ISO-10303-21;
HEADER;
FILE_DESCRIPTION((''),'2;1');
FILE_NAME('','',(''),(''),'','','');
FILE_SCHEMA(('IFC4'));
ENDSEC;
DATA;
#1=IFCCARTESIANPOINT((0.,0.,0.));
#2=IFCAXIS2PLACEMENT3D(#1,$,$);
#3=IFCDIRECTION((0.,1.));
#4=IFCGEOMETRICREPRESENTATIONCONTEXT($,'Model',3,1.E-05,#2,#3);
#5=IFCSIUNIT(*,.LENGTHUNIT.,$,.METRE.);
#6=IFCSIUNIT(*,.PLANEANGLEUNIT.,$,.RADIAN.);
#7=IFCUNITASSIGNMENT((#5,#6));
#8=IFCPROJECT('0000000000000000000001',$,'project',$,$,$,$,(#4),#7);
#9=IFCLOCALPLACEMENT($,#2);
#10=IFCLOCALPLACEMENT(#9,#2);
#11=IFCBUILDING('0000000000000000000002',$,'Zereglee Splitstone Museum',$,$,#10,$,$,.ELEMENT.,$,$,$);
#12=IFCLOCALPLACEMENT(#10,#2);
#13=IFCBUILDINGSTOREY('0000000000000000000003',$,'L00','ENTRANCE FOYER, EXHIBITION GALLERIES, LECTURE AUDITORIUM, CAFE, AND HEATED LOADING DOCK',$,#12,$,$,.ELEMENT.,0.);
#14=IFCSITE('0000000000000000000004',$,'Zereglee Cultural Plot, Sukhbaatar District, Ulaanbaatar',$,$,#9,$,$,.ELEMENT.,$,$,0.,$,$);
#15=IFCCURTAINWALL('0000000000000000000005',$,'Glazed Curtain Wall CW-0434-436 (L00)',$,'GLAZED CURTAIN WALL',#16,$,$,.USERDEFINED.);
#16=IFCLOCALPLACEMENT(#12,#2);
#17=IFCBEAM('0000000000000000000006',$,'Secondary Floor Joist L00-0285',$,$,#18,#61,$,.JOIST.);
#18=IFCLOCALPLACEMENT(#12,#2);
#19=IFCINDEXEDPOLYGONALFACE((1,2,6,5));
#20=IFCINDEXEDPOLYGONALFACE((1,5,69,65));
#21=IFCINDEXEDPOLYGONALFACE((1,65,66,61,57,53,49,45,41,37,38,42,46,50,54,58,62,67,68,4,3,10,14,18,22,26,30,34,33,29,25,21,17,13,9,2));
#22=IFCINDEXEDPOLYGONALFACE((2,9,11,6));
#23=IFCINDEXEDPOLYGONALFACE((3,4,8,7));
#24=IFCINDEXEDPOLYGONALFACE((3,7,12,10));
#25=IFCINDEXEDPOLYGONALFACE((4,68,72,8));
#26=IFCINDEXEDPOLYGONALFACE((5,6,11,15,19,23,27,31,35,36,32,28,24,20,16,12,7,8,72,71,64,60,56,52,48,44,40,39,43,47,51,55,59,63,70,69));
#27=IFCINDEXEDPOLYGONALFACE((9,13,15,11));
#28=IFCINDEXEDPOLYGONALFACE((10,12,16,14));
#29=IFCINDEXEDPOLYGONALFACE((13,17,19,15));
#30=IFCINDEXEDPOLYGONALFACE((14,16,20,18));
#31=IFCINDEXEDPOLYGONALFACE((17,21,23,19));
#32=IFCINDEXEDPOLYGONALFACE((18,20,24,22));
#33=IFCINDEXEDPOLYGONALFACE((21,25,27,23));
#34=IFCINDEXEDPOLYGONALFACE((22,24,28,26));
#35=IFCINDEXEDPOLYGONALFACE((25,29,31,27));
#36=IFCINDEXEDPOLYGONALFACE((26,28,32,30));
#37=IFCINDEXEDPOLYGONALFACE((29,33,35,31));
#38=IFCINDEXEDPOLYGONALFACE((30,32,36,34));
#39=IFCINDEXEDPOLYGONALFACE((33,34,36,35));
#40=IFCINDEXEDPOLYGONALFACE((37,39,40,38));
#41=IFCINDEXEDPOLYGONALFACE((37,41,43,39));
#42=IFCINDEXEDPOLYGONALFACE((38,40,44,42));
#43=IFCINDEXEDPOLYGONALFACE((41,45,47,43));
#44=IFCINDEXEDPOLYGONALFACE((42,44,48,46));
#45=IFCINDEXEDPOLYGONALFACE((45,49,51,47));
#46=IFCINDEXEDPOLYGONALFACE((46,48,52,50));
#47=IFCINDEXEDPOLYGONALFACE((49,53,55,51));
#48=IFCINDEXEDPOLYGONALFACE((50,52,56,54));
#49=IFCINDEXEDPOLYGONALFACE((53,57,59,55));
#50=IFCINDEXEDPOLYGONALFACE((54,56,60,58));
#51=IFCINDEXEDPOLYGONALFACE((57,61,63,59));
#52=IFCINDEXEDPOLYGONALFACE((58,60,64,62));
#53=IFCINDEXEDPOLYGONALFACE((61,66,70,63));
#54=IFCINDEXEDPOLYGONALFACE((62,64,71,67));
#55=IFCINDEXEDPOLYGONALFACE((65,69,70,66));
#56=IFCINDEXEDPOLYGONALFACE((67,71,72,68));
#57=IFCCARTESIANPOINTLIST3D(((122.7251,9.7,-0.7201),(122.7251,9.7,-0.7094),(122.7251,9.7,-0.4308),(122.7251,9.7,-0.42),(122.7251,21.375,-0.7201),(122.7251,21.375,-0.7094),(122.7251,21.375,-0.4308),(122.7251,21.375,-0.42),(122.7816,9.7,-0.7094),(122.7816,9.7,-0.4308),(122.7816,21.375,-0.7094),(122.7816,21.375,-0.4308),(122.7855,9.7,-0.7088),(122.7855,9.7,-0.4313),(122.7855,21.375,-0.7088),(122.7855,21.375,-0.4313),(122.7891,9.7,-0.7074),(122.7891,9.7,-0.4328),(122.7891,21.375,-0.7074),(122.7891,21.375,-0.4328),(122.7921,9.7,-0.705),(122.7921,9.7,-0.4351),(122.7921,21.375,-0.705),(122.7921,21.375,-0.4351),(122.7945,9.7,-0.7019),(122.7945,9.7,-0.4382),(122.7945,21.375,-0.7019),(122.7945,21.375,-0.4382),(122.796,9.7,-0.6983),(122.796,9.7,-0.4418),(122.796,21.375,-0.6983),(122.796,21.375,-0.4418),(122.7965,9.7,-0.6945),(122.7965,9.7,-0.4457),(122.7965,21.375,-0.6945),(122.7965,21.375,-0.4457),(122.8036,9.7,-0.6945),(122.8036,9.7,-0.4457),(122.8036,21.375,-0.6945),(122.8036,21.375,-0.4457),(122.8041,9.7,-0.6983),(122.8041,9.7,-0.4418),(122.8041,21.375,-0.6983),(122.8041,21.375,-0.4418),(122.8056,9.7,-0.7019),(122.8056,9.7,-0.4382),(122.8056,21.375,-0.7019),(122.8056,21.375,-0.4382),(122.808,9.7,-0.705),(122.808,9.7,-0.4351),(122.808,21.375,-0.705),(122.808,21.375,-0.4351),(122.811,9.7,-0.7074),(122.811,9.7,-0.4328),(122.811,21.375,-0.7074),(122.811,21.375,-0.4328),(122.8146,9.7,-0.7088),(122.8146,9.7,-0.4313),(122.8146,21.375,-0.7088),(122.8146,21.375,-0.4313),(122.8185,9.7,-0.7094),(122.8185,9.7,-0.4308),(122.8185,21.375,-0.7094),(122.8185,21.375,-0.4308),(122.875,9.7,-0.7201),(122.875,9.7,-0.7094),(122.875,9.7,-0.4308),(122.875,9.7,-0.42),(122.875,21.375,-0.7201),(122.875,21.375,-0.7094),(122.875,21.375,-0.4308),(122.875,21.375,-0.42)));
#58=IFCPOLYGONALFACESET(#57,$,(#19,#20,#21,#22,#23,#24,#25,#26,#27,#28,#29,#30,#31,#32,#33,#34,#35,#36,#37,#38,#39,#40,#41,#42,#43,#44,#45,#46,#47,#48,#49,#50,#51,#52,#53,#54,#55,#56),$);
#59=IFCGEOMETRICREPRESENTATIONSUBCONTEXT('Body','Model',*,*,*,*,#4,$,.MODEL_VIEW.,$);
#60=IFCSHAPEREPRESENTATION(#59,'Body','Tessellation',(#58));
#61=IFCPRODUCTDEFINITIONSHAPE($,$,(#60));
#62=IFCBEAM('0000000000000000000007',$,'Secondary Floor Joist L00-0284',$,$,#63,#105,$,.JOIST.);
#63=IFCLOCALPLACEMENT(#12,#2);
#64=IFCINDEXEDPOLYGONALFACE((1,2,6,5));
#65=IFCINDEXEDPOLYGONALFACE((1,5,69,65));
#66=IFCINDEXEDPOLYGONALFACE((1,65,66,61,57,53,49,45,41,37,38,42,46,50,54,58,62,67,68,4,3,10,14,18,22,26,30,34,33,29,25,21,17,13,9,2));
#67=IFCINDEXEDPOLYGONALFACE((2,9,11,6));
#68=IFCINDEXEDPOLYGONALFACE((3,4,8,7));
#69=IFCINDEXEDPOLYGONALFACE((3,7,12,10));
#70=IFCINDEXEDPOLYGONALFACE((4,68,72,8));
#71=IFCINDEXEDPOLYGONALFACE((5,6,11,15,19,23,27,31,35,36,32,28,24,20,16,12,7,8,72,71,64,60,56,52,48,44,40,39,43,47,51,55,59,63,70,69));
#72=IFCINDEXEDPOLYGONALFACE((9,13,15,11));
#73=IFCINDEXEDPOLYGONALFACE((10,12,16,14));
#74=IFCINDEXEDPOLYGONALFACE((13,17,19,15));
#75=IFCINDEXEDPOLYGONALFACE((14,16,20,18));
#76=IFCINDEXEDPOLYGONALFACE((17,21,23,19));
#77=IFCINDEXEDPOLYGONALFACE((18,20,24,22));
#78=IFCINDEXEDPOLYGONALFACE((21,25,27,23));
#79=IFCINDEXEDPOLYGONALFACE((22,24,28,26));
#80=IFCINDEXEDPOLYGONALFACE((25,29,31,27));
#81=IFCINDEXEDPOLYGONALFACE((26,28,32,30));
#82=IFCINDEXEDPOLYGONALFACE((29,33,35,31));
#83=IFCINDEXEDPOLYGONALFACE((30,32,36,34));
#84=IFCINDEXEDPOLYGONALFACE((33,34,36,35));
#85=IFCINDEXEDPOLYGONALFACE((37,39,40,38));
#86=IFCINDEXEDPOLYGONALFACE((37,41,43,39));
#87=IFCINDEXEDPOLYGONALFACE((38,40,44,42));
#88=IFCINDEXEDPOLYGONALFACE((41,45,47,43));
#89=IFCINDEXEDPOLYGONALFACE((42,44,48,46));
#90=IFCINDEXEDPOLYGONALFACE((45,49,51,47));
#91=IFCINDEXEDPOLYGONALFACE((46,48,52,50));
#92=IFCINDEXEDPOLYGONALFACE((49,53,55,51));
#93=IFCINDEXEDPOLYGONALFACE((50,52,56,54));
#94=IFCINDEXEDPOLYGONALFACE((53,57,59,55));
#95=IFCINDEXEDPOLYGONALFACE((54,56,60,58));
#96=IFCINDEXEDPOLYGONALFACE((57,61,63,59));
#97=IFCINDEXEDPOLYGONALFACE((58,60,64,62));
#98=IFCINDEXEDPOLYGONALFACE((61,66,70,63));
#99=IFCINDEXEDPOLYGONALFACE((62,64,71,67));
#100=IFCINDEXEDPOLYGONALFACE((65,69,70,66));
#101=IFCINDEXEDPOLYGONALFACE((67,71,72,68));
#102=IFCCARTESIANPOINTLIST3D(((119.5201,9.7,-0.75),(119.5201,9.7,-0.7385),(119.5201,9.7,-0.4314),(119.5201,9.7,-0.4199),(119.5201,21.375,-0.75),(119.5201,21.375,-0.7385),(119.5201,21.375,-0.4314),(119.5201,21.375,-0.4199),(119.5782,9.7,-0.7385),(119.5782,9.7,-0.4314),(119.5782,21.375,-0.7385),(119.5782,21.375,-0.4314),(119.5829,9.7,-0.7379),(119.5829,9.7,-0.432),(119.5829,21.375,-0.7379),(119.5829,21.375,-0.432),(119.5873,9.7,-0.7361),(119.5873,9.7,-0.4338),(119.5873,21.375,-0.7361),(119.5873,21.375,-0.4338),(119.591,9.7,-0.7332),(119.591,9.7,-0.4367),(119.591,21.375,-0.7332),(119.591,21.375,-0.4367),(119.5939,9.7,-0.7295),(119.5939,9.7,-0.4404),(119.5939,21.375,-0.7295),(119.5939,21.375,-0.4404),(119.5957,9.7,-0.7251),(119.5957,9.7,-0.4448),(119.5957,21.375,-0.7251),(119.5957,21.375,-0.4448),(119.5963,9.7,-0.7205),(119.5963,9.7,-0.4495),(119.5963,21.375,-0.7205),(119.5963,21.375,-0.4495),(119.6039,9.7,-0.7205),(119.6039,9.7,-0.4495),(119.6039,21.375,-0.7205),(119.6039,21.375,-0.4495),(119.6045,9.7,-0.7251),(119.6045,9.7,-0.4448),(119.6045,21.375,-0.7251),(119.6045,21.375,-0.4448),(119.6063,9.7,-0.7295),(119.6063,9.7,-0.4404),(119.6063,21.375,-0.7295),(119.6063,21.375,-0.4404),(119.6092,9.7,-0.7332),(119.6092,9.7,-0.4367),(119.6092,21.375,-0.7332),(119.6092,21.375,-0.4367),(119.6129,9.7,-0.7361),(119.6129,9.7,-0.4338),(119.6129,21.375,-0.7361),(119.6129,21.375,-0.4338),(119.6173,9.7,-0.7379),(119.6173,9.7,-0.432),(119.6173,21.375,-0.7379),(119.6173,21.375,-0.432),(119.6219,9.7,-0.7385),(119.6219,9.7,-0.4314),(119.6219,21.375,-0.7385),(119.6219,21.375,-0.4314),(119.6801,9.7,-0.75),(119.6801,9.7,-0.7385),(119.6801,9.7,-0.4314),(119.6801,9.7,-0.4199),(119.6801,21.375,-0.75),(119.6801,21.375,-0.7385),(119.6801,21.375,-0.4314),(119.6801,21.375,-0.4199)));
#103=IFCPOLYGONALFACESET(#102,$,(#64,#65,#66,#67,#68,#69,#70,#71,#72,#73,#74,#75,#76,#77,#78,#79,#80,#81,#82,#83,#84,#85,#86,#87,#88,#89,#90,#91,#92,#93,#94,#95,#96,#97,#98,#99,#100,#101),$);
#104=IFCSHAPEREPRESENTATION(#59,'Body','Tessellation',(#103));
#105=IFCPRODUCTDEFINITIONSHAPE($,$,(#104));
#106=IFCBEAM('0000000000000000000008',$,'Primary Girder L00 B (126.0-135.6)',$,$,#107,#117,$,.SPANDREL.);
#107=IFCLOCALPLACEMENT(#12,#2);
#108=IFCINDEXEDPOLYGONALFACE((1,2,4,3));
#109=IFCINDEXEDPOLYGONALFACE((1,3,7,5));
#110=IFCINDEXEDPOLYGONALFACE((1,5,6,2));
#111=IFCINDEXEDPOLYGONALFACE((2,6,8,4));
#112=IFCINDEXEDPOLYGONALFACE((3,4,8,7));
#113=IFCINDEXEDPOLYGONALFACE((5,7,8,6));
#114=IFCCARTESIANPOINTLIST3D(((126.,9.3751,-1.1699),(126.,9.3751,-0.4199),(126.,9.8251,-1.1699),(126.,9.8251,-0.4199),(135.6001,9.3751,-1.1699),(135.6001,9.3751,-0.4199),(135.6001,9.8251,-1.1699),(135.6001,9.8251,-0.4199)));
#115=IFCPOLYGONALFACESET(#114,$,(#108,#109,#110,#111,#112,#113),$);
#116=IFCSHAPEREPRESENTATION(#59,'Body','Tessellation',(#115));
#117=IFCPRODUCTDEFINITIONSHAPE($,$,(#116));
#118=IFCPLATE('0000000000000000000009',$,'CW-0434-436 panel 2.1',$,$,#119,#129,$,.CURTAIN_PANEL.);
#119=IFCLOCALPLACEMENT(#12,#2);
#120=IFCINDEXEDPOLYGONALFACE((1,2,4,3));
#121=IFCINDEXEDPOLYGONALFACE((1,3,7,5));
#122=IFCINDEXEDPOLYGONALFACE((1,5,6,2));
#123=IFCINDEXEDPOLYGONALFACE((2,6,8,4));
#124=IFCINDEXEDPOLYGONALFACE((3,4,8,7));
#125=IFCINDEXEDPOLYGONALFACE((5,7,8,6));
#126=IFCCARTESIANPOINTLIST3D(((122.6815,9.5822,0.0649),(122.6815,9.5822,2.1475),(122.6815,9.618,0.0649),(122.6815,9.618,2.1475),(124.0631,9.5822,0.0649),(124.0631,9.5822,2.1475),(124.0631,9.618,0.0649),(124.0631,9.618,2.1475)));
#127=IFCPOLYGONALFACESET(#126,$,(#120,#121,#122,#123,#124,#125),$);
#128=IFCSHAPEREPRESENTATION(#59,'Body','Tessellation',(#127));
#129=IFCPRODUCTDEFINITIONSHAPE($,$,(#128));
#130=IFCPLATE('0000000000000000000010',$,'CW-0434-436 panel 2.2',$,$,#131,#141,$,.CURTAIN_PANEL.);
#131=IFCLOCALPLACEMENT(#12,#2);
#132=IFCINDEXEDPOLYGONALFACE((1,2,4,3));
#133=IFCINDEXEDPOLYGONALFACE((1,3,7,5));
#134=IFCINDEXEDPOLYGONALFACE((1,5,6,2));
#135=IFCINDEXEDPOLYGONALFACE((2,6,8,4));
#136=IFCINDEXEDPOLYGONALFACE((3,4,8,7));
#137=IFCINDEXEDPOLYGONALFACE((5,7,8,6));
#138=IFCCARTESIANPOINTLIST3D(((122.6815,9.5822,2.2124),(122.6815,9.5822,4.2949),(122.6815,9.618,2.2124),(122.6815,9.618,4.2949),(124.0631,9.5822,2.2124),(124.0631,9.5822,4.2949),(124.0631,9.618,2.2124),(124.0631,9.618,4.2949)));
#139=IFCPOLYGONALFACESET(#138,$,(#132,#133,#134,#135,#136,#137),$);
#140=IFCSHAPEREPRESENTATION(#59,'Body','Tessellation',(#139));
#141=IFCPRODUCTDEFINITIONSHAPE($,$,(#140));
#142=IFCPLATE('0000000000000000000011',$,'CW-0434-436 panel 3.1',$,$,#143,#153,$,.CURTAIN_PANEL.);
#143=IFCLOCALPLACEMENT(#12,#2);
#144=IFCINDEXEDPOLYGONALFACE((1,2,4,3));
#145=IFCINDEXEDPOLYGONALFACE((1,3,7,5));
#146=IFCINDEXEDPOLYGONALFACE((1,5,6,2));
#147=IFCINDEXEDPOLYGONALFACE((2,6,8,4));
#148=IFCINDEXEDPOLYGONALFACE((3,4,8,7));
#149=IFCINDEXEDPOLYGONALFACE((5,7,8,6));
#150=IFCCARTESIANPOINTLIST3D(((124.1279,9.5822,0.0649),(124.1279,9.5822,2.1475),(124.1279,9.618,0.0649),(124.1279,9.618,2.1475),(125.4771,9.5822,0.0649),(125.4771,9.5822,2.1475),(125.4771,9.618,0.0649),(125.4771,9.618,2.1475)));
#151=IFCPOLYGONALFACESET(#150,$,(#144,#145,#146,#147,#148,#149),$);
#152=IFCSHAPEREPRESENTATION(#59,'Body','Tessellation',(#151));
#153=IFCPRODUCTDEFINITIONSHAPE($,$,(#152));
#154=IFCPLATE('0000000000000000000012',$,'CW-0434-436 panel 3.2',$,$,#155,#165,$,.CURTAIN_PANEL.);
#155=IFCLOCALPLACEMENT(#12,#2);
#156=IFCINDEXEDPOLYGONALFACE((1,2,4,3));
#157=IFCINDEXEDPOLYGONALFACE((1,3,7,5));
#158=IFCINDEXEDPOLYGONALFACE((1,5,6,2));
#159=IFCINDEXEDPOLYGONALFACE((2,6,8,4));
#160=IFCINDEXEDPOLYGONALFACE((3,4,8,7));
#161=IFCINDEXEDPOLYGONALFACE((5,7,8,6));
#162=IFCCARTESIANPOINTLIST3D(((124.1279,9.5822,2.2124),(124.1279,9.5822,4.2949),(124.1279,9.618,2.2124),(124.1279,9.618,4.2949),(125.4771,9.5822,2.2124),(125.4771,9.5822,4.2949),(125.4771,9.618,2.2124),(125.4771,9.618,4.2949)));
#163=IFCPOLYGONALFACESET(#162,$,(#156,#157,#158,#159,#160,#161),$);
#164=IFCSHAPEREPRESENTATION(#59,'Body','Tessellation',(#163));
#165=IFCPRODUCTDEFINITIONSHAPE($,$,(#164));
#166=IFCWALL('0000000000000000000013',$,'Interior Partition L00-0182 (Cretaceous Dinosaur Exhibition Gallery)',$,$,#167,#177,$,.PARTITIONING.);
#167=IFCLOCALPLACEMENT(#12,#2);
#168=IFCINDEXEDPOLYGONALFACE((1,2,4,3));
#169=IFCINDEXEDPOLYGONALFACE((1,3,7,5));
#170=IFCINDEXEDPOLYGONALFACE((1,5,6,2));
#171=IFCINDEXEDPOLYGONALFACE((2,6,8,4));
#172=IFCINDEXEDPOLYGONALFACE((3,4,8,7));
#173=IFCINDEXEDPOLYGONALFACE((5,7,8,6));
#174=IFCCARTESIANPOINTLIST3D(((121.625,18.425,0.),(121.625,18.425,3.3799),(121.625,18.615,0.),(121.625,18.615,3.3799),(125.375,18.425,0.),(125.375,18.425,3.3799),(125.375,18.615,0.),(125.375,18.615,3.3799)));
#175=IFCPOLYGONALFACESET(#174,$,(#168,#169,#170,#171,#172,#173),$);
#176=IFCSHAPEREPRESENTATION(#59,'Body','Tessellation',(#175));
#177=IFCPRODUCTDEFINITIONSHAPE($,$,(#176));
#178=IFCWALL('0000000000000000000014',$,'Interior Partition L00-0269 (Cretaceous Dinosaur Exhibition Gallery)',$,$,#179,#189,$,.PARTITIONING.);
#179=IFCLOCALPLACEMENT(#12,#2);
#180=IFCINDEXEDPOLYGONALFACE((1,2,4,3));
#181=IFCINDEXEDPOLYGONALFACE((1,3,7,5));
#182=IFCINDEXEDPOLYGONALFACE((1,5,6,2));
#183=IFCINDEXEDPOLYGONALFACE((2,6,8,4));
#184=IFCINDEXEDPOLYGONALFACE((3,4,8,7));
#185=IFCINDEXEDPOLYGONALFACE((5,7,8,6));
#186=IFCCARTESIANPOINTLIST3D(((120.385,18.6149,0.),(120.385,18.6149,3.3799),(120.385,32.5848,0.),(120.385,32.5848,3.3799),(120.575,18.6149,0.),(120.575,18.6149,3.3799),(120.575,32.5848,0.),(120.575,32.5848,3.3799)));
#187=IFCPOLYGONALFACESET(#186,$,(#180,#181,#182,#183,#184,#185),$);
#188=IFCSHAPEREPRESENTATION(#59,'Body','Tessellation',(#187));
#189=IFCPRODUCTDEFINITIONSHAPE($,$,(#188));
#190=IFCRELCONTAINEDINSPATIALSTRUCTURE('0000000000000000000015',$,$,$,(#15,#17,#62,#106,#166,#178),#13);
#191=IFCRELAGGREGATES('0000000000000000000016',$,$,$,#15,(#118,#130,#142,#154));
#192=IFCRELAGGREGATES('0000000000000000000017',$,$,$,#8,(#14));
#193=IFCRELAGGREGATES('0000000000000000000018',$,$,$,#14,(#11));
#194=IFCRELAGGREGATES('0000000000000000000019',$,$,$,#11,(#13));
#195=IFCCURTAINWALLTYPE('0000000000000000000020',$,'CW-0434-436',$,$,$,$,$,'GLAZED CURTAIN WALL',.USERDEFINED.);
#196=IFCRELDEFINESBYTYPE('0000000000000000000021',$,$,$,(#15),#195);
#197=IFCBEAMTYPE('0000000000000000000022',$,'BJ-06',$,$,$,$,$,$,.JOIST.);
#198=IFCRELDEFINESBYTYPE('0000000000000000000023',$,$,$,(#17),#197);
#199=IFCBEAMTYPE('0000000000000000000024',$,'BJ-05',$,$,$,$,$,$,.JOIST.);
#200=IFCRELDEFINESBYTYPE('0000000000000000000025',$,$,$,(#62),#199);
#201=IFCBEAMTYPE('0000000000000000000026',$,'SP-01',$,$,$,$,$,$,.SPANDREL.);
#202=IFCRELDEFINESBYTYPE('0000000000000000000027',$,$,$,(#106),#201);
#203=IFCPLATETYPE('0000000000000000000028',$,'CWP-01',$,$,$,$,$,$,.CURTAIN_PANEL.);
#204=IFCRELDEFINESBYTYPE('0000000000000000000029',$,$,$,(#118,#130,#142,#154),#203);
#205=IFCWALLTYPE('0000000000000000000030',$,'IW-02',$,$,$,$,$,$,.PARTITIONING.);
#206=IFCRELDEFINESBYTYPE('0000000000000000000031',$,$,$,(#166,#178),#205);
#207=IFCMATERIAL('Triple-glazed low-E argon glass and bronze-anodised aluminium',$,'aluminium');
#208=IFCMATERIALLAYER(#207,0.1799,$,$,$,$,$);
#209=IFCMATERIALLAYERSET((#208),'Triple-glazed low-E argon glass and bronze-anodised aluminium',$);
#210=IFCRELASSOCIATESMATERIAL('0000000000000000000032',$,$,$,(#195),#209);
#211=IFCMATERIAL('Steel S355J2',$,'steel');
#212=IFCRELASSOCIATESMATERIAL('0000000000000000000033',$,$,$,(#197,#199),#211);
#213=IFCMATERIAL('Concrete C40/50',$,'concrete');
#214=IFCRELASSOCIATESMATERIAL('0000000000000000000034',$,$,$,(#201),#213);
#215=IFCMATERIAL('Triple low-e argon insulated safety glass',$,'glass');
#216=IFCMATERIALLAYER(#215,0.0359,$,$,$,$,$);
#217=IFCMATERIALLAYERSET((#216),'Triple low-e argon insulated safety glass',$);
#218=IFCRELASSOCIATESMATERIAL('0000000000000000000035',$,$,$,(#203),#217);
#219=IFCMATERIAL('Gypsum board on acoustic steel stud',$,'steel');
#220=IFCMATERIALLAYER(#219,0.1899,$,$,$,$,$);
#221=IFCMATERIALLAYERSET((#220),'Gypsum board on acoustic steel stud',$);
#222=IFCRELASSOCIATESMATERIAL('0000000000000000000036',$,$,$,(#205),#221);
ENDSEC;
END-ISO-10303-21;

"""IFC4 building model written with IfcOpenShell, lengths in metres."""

from ifc_helpers import new_model, si_unit, direction, frame, frame_2d, origin, origin_2d, place, context, subcontext, project, spatial, rectangle, i_section, extrude, material, layer, layer_set, material_profile, profile_set, type_object, element, aggregate, save


model = new_model("IFC4")

# Units and contexts
model_context = context("Model", 3, precision=1e-05, world=origin(), true_north=direction((0.0, 1.0)))
body_context = subcontext(model_context, "Body", "Model", "MODEL_VIEW")
ifc_project = project(units=[si_unit("LENGTHUNIT", "METRE"), si_unit("PLANEANGLEUNIT", "RADIAN")], contexts=[model_context])

# Site, building, storey
site_placement = place(None, origin())
site = spatial("IfcSite", under=ifc_project, at=site_placement, Name="Zereglee Cultural Plot, Sukhbaatar District, Ulaanbaatar", CompositionType="ELEMENT", RefElevation=0.0)
building_placement = place(site_placement, origin())
building = spatial("IfcBuilding", under=site, at=building_placement, Name="Zereglee Splitstone Museum", CompositionType="ELEMENT")
storey_placement = place(building_placement, origin())
storey = spatial("IfcBuildingStorey", under=building, at=storey_placement, Name="L00", Description="ENTRANCE FOYER, EXHIBITION GALLERIES, LECTURE AUDITORIUM, CAFE, AND HEATED LOADING DOCK", CompositionType="ELEMENT", Elevation=0.0)

# Curtain wall
ifc_material_1 = material(Name="Triple-glazed low-E argon glass and bronze-anodised aluminium", Category="aluminium")
ifc_layer_1 = layer(ifc_material_1, 0.1799)
ifc_layer_set_1 = layer_set([ifc_layer_1], Name="Triple-glazed low-E argon glass and bronze-anodised aluminium")
curtain_wall_type = type_object("IfcCurtainWallType", Name="CW-0434-436", ElementType="GLAZED CURTAIN WALL", PredefinedType="USERDEFINED", material=ifc_layer_set_1)
curtain_wall_placement = place(storey_placement, origin())
curtain_wall = element("IfcCurtainWall", 1, at=curtain_wall_placement, inside=storey, type_object=curtain_wall_type, Name="Glazed Curtain Wall CW-0434-436 (L00)", ObjectType="GLAZED CURTAIN WALL", PredefinedType="USERDEFINED")

# Beams
ifc_material_2 = material(Name="Steel S355J2", Category="steel")
ifc_material_profile_1 = material_profile(ifc_material_2, i_section(OverallWidth=0.1499, OverallDepth=0.3, WebThickness=0.0071, FlangeThickness=0.0107, FilletRadius=0.0149, at=origin_2d()), Name="IPE 300")
ifc_profile_set_1 = profile_set([ifc_material_profile_1], Name="Steel S355J2")
beam_type_1 = type_object("IfcBeamType", Name="BJ-06", PredefinedType="JOIST", material=ifc_profile_set_1)
beam_1_placement = place(storey_placement, frame((122.8, 9.7, -0.5701), z_axis=(0.0, 1.0, 0.0), x_axis=(-1.0, 0.0, 0.0)))
element("IfcBeam", 2, at=beam_1_placement, inside=storey, type_object=beam_type_1, Name="Secondary Floor Joist L00-0285", PredefinedType="JOIST", context=body_context, shape_type="SweptSolid", body=[
    extrude(i_section(OverallWidth=0.1499, OverallDepth=0.3, WebThickness=0.0071, FlangeThickness=0.0107, FilletRadius=0.0149, at=origin_2d()), origin(), (0.0, 0.0, 1.0), 11.675),
])
ifc_material_profile_2 = material_profile(ifc_material_2, i_section(OverallWidth=0.1599, OverallDepth=0.3301, WebThickness=0.0076, FlangeThickness=0.0115, FilletRadius=0.0181, at=origin_2d()), Name="IPE 330")
ifc_profile_set_2 = profile_set([ifc_material_profile_2], Name="Steel S355J2")
beam_type_2 = type_object("IfcBeamType", Name="BJ-05", PredefinedType="JOIST", material=ifc_profile_set_2)
beam_2_placement = place(storey_placement, frame((119.6001, 9.7, -0.585), z_axis=(0.0, 1.0, 0.0), x_axis=(-1.0, 0.0, 0.0)))
element("IfcBeam", 3, at=beam_2_placement, inside=storey, type_object=beam_type_2, Name="Secondary Floor Joist L00-0284", PredefinedType="JOIST", context=body_context, shape_type="SweptSolid", body=[
    extrude(i_section(OverallWidth=0.1599, OverallDepth=0.3301, WebThickness=0.0076, FlangeThickness=0.0115, FilletRadius=0.0181, at=origin_2d()), origin(), (0.0, 0.0, 1.0), 11.675),
])
ifc_material_3 = material(Name="Concrete C40/50", Category="concrete")
ifc_material_profile_3 = material_profile(ifc_material_3, rectangle(XDim=0.45, YDim=0.75, at=origin_2d()), Name="RC 450x750")
ifc_profile_set_3 = profile_set([ifc_material_profile_3], Name="Concrete C40/50")
beam_type_3 = type_object("IfcBeamType", Name="SP-01", PredefinedType="SPANDREL", material=ifc_profile_set_3)
beam_3_placement = place(storey_placement, frame((126.0, 9.6001, -0.7949), z_axis=(1.0, 0.0, 0.0), x_axis=(0.0, 1.0, 0.0)))
element("IfcBeam", 4, at=beam_3_placement, inside=storey, type_object=beam_type_3, Name="Primary Girder L00 B (126.0-135.6)", PredefinedType="SPANDREL", context=body_context, shape_type="SweptSolid", body=[
    extrude(rectangle(XDim=0.45, YDim=0.75, at=origin_2d()), origin(), (0.0, 0.0, 1.0), 9.6001),
])

# Plates
ifc_material_4 = material(Name="Triple low-e argon insulated safety glass", Category="glass")
ifc_layer_2 = layer(ifc_material_4, 0.0359)
ifc_layer_set_2 = layer_set([ifc_layer_2], Name="Triple low-e argon insulated safety glass")
plate_type = type_object("IfcPlateType", Name="CWP-01", PredefinedType="CURTAIN_PANEL", material=ifc_layer_set_2)
plate_1_placement = place(storey_placement, frame((123.3723, 9.6001, 0.0649), z_axis=(0.0, 0.0, 1.0), x_axis=(1.0, 0.0, 0.0)))
plate_1 = element("IfcPlate", 5, at=plate_1_placement, type_object=plate_type, Name="CW-0434-436 panel 2.1", PredefinedType="CURTAIN_PANEL", context=body_context, shape_type="SweptSolid", body=[
    extrude(rectangle(XDim=1.3816, YDim=0.0359, at=origin_2d()), origin(), (0.0, 0.0, 1.0), 2.0825),
])
plate_2_placement = place(storey_placement, frame((123.3723, 9.6001, 2.2124), z_axis=(0.0, 0.0, 1.0), x_axis=(1.0, 0.0, 0.0)))
plate_2 = element("IfcPlate", 6, at=plate_2_placement, type_object=plate_type, Name="CW-0434-436 panel 2.2", PredefinedType="CURTAIN_PANEL", context=body_context, shape_type="SweptSolid", body=[
    extrude(rectangle(XDim=1.3816, YDim=0.0359, at=origin_2d()), origin(), (0.0, 0.0, 1.0), 2.0825),
])
plate_3_placement = place(storey_placement, frame((124.8025, 9.6001, 0.0649), z_axis=(0.0, 0.0, 1.0), x_axis=(1.0, 0.0, 0.0)))
plate_3 = element("IfcPlate", 7, at=plate_3_placement, type_object=plate_type, Name="CW-0434-436 panel 3.1", PredefinedType="CURTAIN_PANEL", context=body_context, shape_type="SweptSolid", body=[
    extrude(rectangle(XDim=1.3491, YDim=0.0359, at=origin_2d()), origin(), (0.0, 0.0, 1.0), 2.0825),
])
plate_4_placement = place(storey_placement, frame((124.8025, 9.6001, 2.2124), z_axis=(0.0, 0.0, 1.0), x_axis=(1.0, 0.0, 0.0)))
plate_4 = element("IfcPlate", 8, at=plate_4_placement, type_object=plate_type, Name="CW-0434-436 panel 3.2", PredefinedType="CURTAIN_PANEL", context=body_context, shape_type="SweptSolid", body=[
    extrude(rectangle(XDim=1.3491, YDim=0.0359, at=origin_2d()), origin(), (0.0, 0.0, 1.0), 2.0825),
])
aggregate(curtain_wall, [plate_1, plate_2, plate_3, plate_4])

# Walls
ifc_material_5 = material(Name="Gypsum board on acoustic steel stud", Category="steel")
ifc_layer_3 = layer(ifc_material_5, 0.1899)
ifc_layer_set_3 = layer_set([ifc_layer_3], Name="Gypsum board on acoustic steel stud")
wall_type = type_object("IfcWallType", Name="IW-02", PredefinedType="PARTITIONING", material=ifc_layer_set_3)
wall_placement = place(storey_placement, frame((121.625, 18.52, 0.0), z_axis=(0.0, 0.0, 1.0), x_axis=(1.0, 0.0, 0.0)))
element("IfcWall", 9, at=wall_placement, inside=storey, type_object=wall_type, Name="Interior Partition L00-0182 (Cretaceous Dinosaur Exhibition Gallery)", PredefinedType="PARTITIONING", context=body_context, shape_type="SweptSolid", body=[
    extrude(rectangle(XDim=3.75, YDim=0.1899, at=frame_2d((1.875, 0.0))), origin(), (0.0, 0.0, 1.0), 3.3799),
])
for number, where, z_axis, x_axis, name in (
    (10, (120.48, 18.615, 0.0), (0.0, 0.0, 1.0), (0.0, 1.0, 0.0), "Interior Partition L00-0269 (Cretaceous Dinosaur Exhibition Gallery)"),
):
    element("IfcWall", number, at=place(storey_placement, frame(where, z_axis=z_axis, x_axis=x_axis)), inside=storey, type_object=wall_type, Name=name, PredefinedType="PARTITIONING", context=body_context, shape_type="SweptSolid", body=[
        extrude(rectangle(XDim=13.97, YDim=0.1899, at=frame_2d((6.9849, 0.0))), origin(), (0.0, 0.0, 1.0), 3.3799),
    ])

save(model, "model.ifc")
